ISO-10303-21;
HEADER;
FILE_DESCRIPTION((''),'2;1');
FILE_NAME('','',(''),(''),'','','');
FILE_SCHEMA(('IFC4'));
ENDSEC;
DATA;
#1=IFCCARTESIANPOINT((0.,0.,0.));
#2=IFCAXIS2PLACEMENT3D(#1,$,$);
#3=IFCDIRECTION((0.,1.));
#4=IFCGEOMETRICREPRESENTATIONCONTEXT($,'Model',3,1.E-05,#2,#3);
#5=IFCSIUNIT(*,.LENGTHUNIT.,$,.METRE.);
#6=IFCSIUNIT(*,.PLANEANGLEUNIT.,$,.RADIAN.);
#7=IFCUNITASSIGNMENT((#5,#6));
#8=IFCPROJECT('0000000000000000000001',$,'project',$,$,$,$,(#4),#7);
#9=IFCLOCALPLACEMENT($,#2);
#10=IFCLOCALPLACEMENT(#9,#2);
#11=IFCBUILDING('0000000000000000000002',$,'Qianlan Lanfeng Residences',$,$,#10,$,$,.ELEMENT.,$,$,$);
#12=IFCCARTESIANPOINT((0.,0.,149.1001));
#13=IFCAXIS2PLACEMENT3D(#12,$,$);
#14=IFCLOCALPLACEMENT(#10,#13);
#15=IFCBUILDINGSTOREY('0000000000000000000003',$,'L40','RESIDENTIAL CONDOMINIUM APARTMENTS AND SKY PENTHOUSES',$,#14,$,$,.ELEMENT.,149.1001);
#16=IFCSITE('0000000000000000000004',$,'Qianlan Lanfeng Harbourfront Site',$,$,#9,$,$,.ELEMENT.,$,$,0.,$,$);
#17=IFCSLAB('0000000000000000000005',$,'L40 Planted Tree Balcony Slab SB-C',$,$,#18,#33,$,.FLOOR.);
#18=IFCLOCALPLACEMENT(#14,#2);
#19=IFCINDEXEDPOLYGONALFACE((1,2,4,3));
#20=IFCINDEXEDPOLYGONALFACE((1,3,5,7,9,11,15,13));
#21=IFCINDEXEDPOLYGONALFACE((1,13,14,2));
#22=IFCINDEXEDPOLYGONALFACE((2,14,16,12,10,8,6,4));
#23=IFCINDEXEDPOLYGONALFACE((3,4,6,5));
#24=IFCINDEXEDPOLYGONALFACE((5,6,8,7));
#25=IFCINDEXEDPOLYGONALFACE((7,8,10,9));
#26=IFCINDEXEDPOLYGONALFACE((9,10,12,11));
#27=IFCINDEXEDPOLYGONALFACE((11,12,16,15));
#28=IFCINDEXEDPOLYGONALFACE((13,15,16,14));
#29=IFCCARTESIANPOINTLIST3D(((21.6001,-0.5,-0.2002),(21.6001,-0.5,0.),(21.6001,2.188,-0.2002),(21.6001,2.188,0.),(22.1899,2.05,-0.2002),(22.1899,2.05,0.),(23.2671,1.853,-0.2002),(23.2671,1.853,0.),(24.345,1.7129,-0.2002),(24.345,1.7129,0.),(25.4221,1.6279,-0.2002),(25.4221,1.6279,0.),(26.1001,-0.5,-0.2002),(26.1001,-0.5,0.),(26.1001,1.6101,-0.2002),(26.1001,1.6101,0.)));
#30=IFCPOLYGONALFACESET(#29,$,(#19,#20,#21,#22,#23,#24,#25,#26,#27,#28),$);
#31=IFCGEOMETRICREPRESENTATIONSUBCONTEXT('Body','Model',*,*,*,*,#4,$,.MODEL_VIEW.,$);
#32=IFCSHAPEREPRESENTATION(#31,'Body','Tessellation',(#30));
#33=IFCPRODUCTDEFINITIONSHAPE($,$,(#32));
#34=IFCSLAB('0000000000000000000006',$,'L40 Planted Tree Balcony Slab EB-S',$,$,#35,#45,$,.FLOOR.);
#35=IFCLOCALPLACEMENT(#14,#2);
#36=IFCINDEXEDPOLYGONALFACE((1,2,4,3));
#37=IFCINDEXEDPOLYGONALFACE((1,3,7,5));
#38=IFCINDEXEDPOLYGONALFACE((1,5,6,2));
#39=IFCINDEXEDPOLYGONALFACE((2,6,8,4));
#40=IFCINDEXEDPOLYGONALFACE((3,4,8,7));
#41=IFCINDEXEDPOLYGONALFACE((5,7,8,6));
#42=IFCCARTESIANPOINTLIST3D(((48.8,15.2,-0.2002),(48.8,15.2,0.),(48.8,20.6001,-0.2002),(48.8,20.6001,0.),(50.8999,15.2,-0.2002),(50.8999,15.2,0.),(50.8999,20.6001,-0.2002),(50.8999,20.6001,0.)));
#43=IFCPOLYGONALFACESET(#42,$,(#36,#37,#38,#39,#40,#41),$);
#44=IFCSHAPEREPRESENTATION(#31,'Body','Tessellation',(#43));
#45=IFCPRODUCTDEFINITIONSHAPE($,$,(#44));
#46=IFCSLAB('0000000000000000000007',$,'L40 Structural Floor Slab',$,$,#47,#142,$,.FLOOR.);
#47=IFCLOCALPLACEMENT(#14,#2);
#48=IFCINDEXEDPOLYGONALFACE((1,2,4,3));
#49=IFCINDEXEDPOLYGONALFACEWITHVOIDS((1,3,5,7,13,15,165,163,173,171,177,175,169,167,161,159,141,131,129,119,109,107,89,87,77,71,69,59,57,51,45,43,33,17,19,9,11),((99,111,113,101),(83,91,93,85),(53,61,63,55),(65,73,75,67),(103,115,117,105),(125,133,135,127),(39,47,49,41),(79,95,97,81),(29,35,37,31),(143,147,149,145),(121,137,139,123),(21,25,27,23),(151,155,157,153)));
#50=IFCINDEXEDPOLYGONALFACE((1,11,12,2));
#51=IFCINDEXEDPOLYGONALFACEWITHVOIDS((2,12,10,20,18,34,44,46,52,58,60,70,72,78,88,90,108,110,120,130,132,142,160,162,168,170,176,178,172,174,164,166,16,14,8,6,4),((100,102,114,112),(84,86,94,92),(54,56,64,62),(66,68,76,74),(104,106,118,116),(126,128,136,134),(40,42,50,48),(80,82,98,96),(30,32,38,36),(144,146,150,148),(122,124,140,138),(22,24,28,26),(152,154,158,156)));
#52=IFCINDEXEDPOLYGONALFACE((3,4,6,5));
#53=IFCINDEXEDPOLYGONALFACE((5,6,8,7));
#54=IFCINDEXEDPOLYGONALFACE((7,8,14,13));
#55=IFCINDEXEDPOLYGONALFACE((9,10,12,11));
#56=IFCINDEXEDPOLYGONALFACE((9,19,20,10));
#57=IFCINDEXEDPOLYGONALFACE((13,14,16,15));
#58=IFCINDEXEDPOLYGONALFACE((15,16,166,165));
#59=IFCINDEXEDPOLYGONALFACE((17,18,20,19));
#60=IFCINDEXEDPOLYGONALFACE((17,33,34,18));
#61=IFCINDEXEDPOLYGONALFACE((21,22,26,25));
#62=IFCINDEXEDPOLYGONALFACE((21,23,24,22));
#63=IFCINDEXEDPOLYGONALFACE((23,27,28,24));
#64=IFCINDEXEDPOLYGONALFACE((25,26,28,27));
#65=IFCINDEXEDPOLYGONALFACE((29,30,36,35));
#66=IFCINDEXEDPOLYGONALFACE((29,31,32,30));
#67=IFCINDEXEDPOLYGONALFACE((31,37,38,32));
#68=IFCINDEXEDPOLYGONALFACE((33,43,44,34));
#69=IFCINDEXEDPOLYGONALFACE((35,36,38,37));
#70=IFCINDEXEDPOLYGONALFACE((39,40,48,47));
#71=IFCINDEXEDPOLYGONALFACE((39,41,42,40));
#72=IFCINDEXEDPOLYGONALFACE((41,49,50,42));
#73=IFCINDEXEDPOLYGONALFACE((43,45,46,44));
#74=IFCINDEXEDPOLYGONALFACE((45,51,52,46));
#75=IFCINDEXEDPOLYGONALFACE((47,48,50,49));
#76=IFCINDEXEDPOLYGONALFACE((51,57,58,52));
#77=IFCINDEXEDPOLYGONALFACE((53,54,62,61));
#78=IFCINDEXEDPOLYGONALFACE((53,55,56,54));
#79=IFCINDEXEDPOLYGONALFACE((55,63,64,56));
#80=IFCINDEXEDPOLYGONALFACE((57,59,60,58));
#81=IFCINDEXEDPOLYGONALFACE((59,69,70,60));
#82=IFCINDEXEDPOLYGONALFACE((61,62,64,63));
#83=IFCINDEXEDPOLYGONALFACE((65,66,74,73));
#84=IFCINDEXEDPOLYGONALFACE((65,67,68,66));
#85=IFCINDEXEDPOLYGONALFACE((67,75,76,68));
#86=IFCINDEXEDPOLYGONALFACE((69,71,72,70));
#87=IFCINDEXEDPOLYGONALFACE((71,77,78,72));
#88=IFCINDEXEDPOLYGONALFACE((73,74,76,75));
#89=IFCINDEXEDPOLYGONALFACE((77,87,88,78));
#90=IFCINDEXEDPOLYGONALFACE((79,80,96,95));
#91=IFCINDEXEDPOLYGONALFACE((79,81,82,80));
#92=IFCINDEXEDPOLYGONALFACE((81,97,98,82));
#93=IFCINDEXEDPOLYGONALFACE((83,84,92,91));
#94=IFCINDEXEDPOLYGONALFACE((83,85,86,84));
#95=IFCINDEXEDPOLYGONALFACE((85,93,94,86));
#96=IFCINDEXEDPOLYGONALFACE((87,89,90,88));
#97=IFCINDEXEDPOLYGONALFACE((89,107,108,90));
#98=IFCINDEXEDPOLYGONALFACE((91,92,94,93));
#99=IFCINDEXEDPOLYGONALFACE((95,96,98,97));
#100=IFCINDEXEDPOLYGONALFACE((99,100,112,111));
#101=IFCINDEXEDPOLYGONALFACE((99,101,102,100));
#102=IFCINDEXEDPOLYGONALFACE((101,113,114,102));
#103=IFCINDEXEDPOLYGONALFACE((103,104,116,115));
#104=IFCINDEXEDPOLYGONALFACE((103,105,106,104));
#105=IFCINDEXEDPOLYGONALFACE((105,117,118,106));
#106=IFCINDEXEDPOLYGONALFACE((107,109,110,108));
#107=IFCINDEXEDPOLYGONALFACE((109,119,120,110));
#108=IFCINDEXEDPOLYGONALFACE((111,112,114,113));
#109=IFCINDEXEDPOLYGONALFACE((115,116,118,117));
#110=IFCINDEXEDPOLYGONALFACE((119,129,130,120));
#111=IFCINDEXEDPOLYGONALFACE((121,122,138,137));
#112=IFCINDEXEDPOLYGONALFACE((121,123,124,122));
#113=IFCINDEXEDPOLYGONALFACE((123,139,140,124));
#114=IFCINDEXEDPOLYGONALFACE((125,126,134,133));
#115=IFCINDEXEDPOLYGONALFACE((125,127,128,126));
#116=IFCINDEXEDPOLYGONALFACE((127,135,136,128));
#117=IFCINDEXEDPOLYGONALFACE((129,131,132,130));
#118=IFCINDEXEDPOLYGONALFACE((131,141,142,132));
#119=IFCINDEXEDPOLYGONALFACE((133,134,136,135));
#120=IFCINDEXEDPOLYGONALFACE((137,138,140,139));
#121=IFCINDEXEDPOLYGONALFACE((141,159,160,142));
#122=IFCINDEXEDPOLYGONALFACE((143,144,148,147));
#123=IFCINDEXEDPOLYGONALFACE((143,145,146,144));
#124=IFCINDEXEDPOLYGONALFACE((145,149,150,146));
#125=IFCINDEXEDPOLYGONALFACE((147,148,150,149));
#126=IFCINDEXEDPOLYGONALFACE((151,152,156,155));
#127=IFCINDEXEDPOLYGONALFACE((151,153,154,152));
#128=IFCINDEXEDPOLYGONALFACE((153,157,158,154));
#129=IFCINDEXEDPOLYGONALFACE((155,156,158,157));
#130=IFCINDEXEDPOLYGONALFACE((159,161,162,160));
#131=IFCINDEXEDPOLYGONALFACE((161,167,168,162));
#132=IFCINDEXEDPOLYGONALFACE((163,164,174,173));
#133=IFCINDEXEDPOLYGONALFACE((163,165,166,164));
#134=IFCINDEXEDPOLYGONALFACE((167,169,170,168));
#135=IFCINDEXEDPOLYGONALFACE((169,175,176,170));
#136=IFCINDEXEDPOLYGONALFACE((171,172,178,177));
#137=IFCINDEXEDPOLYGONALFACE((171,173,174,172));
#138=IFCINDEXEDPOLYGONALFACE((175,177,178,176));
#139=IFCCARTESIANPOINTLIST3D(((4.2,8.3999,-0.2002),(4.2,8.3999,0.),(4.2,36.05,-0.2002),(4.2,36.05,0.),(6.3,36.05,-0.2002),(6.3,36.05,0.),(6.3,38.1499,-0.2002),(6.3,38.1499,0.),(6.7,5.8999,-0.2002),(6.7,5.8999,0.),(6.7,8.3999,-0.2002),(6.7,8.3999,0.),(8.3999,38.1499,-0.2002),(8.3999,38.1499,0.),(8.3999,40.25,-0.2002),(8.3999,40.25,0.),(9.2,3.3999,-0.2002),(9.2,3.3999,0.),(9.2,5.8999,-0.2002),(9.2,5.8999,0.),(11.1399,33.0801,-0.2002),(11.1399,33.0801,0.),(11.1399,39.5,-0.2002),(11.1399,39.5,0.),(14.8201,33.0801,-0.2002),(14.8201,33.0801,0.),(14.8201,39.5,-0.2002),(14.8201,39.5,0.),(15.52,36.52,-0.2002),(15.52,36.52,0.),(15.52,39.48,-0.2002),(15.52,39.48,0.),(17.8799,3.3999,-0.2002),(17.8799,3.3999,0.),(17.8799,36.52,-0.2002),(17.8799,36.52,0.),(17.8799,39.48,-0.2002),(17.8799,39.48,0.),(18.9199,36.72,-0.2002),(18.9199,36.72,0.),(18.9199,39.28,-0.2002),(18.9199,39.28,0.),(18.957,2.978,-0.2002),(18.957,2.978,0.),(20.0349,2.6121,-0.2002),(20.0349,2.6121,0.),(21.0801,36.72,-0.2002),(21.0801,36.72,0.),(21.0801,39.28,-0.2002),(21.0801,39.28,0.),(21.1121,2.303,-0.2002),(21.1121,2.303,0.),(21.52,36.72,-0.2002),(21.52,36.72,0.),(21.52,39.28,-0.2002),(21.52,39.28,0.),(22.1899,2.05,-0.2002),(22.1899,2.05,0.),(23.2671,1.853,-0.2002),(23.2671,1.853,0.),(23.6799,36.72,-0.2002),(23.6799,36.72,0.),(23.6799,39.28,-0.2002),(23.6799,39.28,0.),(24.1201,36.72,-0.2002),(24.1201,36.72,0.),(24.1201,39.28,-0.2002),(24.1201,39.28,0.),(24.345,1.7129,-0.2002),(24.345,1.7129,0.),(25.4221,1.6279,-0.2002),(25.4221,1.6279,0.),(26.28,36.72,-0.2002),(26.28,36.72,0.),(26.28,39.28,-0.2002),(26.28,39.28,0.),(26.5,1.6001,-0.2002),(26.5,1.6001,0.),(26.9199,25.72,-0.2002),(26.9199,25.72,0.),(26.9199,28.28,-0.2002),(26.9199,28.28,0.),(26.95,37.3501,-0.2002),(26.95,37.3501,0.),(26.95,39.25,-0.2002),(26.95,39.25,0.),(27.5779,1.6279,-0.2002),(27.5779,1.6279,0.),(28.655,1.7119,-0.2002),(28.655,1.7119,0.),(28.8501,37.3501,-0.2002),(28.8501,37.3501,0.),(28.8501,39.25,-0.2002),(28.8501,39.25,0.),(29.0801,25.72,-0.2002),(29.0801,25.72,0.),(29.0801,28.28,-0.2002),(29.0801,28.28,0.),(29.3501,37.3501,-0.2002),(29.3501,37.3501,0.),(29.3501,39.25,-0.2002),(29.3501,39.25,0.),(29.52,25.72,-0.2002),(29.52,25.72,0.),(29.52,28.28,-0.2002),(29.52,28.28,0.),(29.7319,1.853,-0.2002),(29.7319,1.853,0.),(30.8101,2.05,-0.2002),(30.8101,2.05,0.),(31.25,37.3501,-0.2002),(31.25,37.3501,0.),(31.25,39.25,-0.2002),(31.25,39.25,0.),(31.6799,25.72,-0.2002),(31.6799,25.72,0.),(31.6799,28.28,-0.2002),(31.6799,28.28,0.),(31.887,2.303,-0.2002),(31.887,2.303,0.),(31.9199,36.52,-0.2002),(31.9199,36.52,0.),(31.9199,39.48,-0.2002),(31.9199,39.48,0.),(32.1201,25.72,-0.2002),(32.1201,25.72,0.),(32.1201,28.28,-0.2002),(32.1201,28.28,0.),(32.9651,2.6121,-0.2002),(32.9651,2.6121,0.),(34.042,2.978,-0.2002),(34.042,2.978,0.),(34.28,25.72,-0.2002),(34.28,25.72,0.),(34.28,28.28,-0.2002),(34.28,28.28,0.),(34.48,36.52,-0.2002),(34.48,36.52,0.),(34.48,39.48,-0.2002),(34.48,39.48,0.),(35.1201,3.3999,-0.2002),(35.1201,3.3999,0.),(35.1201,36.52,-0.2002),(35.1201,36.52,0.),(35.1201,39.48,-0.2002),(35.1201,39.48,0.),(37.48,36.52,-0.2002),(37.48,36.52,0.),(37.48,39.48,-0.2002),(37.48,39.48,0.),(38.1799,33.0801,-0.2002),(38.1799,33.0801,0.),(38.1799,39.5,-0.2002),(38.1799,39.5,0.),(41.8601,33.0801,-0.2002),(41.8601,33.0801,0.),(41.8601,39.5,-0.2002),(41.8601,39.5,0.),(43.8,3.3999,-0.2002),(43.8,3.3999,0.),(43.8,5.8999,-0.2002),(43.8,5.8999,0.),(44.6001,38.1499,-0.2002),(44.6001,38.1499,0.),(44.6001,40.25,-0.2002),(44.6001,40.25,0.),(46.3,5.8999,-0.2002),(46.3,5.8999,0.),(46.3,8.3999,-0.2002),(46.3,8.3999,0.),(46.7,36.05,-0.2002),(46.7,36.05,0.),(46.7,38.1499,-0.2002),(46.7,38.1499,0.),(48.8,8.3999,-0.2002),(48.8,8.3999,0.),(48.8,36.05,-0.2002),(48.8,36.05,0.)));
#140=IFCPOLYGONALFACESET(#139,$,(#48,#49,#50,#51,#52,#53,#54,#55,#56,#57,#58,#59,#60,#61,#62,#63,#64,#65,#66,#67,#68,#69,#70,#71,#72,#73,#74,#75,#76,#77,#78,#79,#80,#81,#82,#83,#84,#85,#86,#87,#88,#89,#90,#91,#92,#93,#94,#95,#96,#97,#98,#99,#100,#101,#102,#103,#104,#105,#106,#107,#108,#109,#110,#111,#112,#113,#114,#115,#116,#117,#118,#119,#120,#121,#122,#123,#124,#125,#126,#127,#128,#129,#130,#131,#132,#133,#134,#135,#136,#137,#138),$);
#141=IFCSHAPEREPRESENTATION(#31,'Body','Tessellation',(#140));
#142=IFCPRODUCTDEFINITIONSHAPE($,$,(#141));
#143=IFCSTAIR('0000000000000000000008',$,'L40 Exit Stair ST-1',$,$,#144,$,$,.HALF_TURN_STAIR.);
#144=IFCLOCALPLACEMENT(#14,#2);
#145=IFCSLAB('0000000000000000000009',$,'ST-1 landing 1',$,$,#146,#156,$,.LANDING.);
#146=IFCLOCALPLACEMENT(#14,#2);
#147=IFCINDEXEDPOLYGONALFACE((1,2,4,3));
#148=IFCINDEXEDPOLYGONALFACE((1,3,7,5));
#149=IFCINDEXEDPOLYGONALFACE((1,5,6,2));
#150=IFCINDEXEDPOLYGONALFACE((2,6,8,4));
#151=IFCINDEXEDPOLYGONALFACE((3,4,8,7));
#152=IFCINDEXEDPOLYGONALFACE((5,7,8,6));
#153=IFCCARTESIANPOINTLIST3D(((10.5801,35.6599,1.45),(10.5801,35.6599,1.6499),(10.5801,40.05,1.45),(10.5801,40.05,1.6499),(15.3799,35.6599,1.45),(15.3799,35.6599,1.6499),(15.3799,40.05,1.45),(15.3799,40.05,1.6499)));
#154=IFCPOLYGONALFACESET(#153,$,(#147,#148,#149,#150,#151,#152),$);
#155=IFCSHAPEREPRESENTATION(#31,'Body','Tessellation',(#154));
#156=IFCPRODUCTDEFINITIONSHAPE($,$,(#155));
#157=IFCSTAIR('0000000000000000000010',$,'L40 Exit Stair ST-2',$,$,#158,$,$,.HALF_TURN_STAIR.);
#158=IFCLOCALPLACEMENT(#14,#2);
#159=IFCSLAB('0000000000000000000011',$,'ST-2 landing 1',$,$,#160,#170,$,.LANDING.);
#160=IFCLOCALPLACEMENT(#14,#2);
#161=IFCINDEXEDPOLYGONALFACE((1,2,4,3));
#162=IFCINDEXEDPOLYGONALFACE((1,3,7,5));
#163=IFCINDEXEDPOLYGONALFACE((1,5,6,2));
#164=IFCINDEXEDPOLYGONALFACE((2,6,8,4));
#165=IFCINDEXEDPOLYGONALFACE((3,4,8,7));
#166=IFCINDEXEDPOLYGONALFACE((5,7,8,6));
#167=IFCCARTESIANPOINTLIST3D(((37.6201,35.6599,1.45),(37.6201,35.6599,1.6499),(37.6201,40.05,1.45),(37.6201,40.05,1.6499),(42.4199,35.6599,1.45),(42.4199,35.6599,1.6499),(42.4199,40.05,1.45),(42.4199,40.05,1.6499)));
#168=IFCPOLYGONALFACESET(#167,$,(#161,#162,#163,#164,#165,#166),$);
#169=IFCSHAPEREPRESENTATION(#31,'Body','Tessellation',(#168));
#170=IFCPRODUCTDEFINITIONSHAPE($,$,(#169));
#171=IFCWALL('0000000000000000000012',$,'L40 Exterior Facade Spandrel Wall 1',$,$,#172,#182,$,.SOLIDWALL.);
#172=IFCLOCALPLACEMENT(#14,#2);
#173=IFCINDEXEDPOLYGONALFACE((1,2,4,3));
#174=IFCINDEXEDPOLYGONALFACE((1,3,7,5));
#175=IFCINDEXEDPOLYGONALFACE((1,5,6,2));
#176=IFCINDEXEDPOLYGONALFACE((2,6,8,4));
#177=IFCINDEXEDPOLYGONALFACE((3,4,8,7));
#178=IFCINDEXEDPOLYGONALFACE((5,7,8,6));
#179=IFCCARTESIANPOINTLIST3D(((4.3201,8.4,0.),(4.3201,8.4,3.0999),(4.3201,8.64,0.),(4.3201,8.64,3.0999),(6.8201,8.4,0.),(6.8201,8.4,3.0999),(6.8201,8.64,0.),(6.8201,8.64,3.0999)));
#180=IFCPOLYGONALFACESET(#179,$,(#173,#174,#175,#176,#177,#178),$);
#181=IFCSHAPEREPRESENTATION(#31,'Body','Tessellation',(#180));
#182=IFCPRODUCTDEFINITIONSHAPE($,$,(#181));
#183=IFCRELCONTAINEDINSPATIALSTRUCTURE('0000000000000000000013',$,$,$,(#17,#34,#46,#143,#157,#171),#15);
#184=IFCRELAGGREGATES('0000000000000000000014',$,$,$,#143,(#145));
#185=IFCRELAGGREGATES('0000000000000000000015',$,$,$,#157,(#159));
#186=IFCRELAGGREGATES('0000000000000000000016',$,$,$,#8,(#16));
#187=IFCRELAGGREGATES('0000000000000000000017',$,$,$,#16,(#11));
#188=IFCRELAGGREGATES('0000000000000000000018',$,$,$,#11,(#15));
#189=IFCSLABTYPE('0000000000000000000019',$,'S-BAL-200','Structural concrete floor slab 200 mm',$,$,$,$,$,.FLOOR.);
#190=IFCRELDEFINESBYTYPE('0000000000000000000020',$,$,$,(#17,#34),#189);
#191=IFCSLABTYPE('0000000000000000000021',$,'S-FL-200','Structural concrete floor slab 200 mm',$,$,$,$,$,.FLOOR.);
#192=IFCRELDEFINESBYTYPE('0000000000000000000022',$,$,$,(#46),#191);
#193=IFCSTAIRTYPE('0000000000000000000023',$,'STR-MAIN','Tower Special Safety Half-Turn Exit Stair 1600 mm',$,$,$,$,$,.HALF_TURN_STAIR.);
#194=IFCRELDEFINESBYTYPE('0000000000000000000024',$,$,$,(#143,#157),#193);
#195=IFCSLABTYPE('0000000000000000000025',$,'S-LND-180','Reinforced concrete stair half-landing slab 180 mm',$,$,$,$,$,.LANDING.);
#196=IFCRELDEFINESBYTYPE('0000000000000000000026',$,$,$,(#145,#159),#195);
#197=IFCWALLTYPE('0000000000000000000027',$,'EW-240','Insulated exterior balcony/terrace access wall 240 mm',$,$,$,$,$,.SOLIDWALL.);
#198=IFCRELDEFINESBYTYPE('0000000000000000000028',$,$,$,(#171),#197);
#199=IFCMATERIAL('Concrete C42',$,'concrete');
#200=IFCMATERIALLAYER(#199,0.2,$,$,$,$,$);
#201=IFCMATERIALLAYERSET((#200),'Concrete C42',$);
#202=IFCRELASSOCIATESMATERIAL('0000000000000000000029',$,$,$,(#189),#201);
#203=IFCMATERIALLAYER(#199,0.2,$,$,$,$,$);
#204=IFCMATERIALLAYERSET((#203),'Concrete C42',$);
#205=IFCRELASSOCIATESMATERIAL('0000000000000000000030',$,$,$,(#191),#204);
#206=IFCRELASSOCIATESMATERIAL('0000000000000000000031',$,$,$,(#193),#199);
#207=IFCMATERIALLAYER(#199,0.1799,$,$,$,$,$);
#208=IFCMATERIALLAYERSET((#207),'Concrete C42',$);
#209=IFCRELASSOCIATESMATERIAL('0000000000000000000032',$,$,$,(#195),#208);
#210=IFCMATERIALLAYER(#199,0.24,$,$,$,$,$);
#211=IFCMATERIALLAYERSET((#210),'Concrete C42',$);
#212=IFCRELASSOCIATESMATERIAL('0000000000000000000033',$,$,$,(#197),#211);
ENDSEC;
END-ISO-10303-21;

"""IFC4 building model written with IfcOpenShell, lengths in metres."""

from ifc_helpers import new_model, si_unit, direction, frame, frame_2d, origin, place, context, subcontext, project, spatial, polyline, rectangle, outline, extrude, material, layer, layer_set, type_object, element, aggregate, save


model = new_model("IFC4")

# Units and contexts
model_context = context("Model", 3, precision=1e-05, world=origin(), true_north=direction((0.0, 1.0)))
body_context = subcontext(model_context, "Body", "Model", "MODEL_VIEW")
ifc_project = project(units=[si_unit("LENGTHUNIT", "METRE"), si_unit("PLANEANGLEUNIT", "RADIAN")], contexts=[model_context])

# Site, building, storey
site_placement = place(None, origin())
site = spatial("IfcSite", under=ifc_project, at=site_placement, Name="Qianlan Lanfeng Harbourfront Site", CompositionType="ELEMENT", RefElevation=0.0)
building_placement = place(site_placement, origin())
building = spatial("IfcBuilding", under=site, at=building_placement, Name="Qianlan Lanfeng Residences", CompositionType="ELEMENT")
storey_placement = place(building_placement, frame((0.0, 0.0, 149.1001)))
storey = spatial("IfcBuildingStorey", under=building, at=storey_placement, Name="L40", Description="RESIDENTIAL CONDOMINIUM APARTMENTS AND SKY PENTHOUSES", CompositionType="ELEMENT", Elevation=149.1001)

# Slabs
ifc_material_1 = material(Name="Concrete C42", Category="concrete")
ifc_layer_1 = layer(ifc_material_1, 0.2)
ifc_layer_set_1 = layer_set([ifc_layer_1], Name="Concrete C42")
slab_type_1 = type_object("IfcSlabType", Name="S-BAL-200", Description="Structural concrete floor slab 200 mm", PredefinedType="FLOOR", material=ifc_layer_set_1)
slab_1_placement = place(storey_placement, frame((0.0, 0.0, -0.2002)))
element("IfcSlab", 1, at=slab_1_placement, inside=storey, type_object=slab_type_1, Name="L40 Planted Tree Balcony Slab SB-C", PredefinedType="FLOOR", context=body_context, shape_type="SweptSolid", body=[
    extrude(outline(polyline([(26.1001, 1.6101), (25.4221, 1.6279), (24.345, 1.7129), (23.2671, 1.853), (22.1899, 2.05), (21.6001, 2.188), (21.6001, -0.5), (26.1001, -0.5), (26.1001, 1.6101)])), origin(), (0.0, 0.0, 1.0), 0.2002),
])
slab_2_placement = place(storey_placement, frame((0.0, 0.0, -0.2002)))
element("IfcSlab", 2, at=slab_2_placement, inside=storey, type_object=slab_type_1, Name="L40 Planted Tree Balcony Slab EB-S", PredefinedType="FLOOR", context=body_context, shape_type="SweptSolid", body=[
    extrude(outline(polyline([(48.8, 20.6001), (48.8, 15.2), (50.8999, 15.2), (50.8999, 20.6001), (48.8, 20.6001)])), origin(), (0.0, 0.0, 1.0), 0.2002),
])
ifc_layer_2 = layer(ifc_material_1, 0.2)
ifc_layer_set_2 = layer_set([ifc_layer_2], Name="Concrete C42")
slab_type_2 = type_object("IfcSlabType", Name="S-FL-200", Description="Structural concrete floor slab 200 mm", PredefinedType="FLOOR", material=ifc_layer_set_2)
slab_3_placement = place(storey_placement, frame((0.0, 0.0, -0.2002)))
element("IfcSlab", 3, at=slab_3_placement, inside=storey, type_object=slab_type_2, Name="L40 Structural Floor Slab", PredefinedType="FLOOR", context=body_context, shape_type="SweptSolid", body=[
    extrude(outline(polyline([(4.2, 8.3999), (6.7, 8.3999), (6.7, 5.8999), (9.2, 5.8999), (9.2, 3.3999), (17.8799, 3.3999), (18.957, 2.978), (20.0349, 2.6121), (21.1121, 2.303), (22.1899, 2.05), (23.2671, 1.853), (24.345, 1.7129), (25.4221, 1.6279), (26.5, 1.6001), (27.5779, 1.6279), (28.655, 1.7119), (29.7319, 1.853), (30.8101, 2.05), (31.887, 2.303), (32.9651, 2.6121), (34.042, 2.978), (35.1201, 3.3999), (43.8, 3.3999), (43.8, 5.8999), (46.3, 5.8999), (46.3, 8.3999), (48.8, 8.3999), (48.8, 36.05), (46.7, 36.05), (46.7, 38.1499), (44.6001, 38.1499), (44.6001, 40.25), (8.3999, 40.25), (8.3999, 38.1499), (6.3, 38.1499), (6.3, 36.05), (4.2, 36.05), (4.2, 8.3999)]), holes=[polyline([(11.1399, 33.0801), (11.1399, 39.5), (14.8201, 39.5), (14.8201, 33.0801), (11.1399, 33.0801)]), polyline([(38.1799, 33.0801), (38.1799, 39.5), (41.8601, 39.5), (41.8601, 33.0801), (38.1799, 33.0801)]), polyline([(15.52, 36.52), (15.52, 39.48), (17.8799, 39.48), (17.8799, 36.52), (15.52, 36.52)]), polyline([(35.1201, 36.52), (35.1201, 39.48), (37.48, 39.48), (37.48, 36.52), (35.1201, 36.52)]), polyline([(31.9199, 36.52), (31.9199, 39.48), (34.48, 39.48), (34.48, 36.52), (31.9199, 36.52)]), polyline([(26.9199, 25.72), (26.9199, 28.28), (29.0801, 28.28), (29.0801, 25.72), (26.9199, 25.72)]), polyline([(29.52, 25.72), (29.52, 28.28), (31.6799, 28.28), (31.6799, 25.72), (29.52, 25.72)]), polyline([(32.1201, 25.72), (32.1201, 28.28), (34.28, 28.28), (34.28, 25.72), (32.1201, 25.72)]), polyline([(18.9199, 36.72), (18.9199, 39.28), (21.0801, 39.28), (21.0801, 36.72), (18.9199, 36.72)]), polyline([(21.52, 36.72), (21.52, 39.28), (23.6799, 39.28), (23.6799, 36.72), (21.52, 36.72)]), polyline([(24.1201, 36.72), (24.1201, 39.28), (26.28, 39.28), (26.28, 36.72), (24.1201, 36.72)]), polyline([(26.95, 37.3501), (26.95, 39.25), (28.8501, 39.25), (28.8501, 37.3501), (26.95, 37.3501)]), polyline([(29.3501, 37.3501), (29.3501, 39.25), (31.25, 39.25), (31.25, 37.3501), (29.3501, 37.3501)])]), origin(), (0.0, 0.0, 1.0), 0.2002),
])

# Stairs, slabs
stair_type = type_object("IfcStairType", Name="STR-MAIN", Description="Tower Special Safety Half-Turn Exit Stair 1600 mm", PredefinedType="HALF_TURN_STAIR", material=ifc_material_1)
stair_1_placement = place(storey_placement, origin())
stair_1 = element("IfcStair", 4, at=stair_1_placement, inside=storey, type_object=stair_type, Name="L40 Exit Stair ST-1", PredefinedType="HALF_TURN_STAIR")
ifc_layer_3 = layer(ifc_material_1, 0.1799)
ifc_layer_set_3 = layer_set([ifc_layer_3], Name="Concrete C42")
slab_type_3 = type_object("IfcSlabType", Name="S-LND-180", Description="Reinforced concrete stair half-landing slab 180 mm", PredefinedType="LANDING", material=ifc_layer_set_3)
slab_4_placement = place(storey_placement, frame((0.0, 0.0, 1.45)))
slab_4 = element("IfcSlab", 5, at=slab_4_placement, type_object=slab_type_3, Name="ST-1 landing 1", PredefinedType="LANDING", context=body_context, shape_type="SweptSolid", body=[
    extrude(outline(polyline([(10.5801, 35.6599), (15.3799, 35.6599), (15.3799, 40.05), (10.5801, 40.05), (10.5801, 35.6599)])), origin(), (0.0, 0.0, 1.0), 0.2),
])
aggregate(stair_1, [slab_4])
stair_2_placement = place(storey_placement, origin())
stair_2 = element("IfcStair", 6, at=stair_2_placement, inside=storey, type_object=stair_type, Name="L40 Exit Stair ST-2", PredefinedType="HALF_TURN_STAIR")
slab_5_placement = place(storey_placement, frame((0.0, 0.0, 1.45)))
slab_5 = element("IfcSlab", 7, at=slab_5_placement, type_object=slab_type_3, Name="ST-2 landing 1", PredefinedType="LANDING", context=body_context, shape_type="SweptSolid", body=[
    extrude(outline(polyline([(37.6201, 35.6599), (42.4199, 35.6599), (42.4199, 40.05), (37.6201, 40.05), (37.6201, 35.6599)])), origin(), (0.0, 0.0, 1.0), 0.2),
])
aggregate(stair_2, [slab_5])

# Wall
ifc_layer_4 = layer(ifc_material_1, 0.24)
ifc_layer_set_4 = layer_set([ifc_layer_4], Name="Concrete C42")
wall_type = type_object("IfcWallType", Name="EW-240", Description="Insulated exterior balcony/terrace access wall 240 mm", PredefinedType="SOLIDWALL", material=ifc_layer_set_4)
wall_placement = place(storey_placement, frame((4.3201, 8.52, 0.0), z_axis=(0.0, 0.0, 1.0), x_axis=(1.0, 0.0, 0.0)))
element("IfcWall", 8, at=wall_placement, inside=storey, type_object=wall_type, Name="L40 Exterior Facade Spandrel Wall 1", PredefinedType="SOLIDWALL", context=body_context, shape_type="SweptSolid", body=[
    extrude(rectangle(XDim=2.5, YDim=0.24, at=frame_2d((1.25, 0.0))), origin(), (0.0, 0.0, 1.0), 3.0999),
])

save(model, "model.ifc")
